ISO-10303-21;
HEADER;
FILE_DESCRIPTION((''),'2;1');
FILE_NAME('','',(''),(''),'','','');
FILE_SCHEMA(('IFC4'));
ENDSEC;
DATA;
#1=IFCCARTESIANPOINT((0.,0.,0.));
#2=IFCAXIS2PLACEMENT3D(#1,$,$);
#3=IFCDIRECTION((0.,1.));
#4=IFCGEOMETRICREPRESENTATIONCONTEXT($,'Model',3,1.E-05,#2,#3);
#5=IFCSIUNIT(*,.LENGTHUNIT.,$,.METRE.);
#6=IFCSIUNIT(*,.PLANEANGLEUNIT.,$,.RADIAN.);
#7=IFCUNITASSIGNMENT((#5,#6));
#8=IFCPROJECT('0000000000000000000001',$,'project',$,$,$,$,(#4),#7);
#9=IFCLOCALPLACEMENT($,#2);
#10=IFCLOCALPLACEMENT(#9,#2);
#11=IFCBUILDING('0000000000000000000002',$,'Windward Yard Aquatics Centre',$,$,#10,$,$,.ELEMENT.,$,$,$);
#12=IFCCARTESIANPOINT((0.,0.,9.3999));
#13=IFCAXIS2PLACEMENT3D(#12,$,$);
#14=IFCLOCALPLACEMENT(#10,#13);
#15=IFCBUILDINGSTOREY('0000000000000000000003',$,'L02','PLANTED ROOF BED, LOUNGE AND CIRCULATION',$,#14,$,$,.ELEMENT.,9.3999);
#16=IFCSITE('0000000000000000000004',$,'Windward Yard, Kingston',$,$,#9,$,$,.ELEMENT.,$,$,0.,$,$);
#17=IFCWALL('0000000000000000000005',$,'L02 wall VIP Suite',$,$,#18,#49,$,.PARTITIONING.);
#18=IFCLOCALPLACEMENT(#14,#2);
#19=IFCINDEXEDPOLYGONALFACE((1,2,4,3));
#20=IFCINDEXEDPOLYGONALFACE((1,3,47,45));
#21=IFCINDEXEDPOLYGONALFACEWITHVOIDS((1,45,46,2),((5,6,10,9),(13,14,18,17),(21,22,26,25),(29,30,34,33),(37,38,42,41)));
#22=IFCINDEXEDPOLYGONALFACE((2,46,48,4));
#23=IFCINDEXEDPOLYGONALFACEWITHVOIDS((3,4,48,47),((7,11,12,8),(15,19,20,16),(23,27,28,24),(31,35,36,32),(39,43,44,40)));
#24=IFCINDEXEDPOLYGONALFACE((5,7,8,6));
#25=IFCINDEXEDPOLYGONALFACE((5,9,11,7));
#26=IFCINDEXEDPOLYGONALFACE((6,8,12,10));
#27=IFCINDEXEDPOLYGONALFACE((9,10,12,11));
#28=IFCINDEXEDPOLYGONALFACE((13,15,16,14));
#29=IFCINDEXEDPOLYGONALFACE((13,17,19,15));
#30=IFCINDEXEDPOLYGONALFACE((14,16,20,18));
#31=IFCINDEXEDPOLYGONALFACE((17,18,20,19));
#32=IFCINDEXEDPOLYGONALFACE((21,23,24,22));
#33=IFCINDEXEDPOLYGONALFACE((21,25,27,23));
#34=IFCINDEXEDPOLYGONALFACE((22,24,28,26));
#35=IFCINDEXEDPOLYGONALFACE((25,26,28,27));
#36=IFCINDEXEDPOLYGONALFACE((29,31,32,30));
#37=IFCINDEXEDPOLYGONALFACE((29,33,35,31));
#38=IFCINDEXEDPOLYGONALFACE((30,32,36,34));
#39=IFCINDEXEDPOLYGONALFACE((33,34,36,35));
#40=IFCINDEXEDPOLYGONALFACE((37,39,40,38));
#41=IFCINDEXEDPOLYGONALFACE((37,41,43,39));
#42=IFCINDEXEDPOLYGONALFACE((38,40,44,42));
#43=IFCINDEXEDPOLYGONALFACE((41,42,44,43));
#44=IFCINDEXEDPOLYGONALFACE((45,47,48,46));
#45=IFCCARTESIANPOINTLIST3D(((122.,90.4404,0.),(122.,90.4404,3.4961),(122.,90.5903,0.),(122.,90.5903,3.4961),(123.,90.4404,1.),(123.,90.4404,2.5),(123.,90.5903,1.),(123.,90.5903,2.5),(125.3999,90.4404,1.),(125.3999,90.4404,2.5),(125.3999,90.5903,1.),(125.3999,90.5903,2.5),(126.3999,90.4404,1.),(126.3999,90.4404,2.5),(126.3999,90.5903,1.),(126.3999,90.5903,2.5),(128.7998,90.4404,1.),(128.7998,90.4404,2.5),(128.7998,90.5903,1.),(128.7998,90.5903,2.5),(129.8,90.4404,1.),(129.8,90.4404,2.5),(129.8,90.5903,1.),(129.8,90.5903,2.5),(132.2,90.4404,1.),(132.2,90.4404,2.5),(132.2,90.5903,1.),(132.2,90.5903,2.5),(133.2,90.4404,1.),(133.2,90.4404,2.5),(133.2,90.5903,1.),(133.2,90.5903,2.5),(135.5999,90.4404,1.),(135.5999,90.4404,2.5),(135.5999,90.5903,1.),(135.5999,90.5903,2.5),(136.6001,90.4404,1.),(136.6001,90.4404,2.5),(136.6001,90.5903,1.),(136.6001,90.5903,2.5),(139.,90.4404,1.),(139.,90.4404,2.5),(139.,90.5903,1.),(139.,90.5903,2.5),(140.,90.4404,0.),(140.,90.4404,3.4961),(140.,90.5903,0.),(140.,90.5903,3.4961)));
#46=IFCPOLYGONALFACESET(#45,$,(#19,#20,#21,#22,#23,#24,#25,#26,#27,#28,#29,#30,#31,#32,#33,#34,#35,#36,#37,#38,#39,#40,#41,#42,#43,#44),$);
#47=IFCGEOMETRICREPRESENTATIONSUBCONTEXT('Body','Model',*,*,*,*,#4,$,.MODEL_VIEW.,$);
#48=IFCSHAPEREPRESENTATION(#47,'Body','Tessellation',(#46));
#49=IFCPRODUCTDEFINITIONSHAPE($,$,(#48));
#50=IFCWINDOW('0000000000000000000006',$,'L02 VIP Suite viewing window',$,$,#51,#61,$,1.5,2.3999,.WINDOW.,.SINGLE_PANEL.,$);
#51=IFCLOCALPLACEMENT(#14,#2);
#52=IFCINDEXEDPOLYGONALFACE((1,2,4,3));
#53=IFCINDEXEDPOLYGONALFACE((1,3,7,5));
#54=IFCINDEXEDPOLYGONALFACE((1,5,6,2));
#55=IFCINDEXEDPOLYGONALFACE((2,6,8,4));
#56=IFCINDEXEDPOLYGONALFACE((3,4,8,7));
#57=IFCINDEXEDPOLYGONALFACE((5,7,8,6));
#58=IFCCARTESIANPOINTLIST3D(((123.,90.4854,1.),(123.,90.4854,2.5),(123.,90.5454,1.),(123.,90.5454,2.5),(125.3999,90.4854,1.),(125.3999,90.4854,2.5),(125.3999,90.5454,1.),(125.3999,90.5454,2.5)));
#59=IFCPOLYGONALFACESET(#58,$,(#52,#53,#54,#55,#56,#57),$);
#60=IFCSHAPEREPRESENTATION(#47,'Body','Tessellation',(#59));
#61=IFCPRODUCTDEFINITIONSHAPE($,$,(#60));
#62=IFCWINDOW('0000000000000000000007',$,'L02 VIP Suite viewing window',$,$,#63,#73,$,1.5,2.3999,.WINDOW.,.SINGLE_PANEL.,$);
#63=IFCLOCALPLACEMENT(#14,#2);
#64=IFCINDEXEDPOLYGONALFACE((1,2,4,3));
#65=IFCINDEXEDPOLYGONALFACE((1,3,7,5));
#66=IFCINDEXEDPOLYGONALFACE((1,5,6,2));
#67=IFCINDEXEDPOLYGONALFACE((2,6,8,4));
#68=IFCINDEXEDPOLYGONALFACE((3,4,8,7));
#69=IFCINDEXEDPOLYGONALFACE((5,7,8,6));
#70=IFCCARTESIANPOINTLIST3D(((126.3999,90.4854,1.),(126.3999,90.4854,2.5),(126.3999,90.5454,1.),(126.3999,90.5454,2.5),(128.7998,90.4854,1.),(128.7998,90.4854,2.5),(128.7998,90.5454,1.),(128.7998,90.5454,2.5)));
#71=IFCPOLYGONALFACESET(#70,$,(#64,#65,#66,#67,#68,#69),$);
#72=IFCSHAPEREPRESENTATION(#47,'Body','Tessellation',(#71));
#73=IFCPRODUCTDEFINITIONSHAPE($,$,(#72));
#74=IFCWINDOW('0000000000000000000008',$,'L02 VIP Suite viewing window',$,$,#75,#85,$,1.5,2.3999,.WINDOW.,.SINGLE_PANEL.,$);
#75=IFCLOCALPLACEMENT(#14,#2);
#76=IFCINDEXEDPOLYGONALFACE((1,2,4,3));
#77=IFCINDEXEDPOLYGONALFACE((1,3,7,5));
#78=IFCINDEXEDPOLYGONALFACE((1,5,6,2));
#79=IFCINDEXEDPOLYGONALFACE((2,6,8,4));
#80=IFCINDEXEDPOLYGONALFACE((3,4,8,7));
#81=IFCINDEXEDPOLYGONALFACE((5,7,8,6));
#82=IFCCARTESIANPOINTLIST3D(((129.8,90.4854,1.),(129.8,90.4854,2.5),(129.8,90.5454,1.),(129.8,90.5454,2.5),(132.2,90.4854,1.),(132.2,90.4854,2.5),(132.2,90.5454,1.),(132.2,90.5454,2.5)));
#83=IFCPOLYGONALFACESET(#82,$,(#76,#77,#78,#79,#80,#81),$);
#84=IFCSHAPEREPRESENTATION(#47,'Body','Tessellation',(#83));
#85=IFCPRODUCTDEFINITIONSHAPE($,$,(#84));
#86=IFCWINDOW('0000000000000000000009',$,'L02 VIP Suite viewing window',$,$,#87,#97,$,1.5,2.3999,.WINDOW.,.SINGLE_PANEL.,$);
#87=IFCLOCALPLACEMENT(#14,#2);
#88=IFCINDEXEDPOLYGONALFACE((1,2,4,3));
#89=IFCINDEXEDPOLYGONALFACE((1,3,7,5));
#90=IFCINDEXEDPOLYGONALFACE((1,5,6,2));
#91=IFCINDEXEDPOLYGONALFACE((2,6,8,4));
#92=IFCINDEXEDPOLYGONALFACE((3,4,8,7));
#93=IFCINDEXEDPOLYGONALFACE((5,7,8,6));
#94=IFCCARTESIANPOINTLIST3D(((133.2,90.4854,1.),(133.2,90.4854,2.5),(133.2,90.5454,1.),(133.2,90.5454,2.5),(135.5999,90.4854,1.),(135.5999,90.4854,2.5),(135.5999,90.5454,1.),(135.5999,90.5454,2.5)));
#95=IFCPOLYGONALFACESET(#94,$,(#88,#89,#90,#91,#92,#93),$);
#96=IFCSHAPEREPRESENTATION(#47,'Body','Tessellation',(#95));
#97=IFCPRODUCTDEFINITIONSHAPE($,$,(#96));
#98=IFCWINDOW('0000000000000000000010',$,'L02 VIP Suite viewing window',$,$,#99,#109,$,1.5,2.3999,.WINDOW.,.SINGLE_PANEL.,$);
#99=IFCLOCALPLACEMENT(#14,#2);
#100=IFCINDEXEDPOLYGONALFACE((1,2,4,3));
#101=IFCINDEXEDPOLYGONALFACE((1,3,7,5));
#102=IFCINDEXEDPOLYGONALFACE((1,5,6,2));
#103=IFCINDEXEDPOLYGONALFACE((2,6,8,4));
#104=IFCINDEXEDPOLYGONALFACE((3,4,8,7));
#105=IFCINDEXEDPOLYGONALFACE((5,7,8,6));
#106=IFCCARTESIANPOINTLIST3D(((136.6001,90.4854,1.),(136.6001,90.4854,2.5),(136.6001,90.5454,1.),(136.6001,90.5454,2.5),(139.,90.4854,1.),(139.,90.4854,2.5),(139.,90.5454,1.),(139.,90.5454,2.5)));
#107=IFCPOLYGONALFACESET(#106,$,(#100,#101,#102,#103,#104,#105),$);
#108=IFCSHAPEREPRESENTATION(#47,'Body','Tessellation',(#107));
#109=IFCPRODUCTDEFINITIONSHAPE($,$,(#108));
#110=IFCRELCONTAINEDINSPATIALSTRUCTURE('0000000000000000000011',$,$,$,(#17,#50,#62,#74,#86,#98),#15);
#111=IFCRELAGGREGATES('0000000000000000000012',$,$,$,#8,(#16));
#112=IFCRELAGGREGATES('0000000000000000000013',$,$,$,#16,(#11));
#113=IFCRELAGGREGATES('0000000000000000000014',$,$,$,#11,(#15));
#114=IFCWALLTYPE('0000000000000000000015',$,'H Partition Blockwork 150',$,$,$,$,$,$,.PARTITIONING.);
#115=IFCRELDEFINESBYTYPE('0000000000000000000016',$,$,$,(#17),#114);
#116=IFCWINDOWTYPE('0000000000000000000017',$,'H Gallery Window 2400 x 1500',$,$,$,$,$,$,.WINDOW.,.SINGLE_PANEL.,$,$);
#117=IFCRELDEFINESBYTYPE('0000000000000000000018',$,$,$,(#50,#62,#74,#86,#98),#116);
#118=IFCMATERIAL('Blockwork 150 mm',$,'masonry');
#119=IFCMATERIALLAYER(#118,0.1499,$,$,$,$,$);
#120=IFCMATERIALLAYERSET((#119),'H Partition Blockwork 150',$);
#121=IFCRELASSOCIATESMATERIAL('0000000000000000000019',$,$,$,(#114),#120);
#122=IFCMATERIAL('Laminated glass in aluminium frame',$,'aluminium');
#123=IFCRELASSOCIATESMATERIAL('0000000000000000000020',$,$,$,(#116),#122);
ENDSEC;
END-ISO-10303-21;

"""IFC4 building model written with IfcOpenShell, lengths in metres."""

from ifc_helpers import new_model, si_unit, direction, frame, frame_2d, origin, place, context, subcontext, project, spatial, rectangle, extrude, material, layer, layer_set, type_object, element, fill, save


model = new_model("IFC4")

# Units and contexts
model_context = context("Model", 3, precision=1e-05, world=origin(), true_north=direction((0.0, 1.0)))
body_context = subcontext(model_context, "Body", "Model", "MODEL_VIEW")
ifc_project = project(units=[si_unit("LENGTHUNIT", "METRE"), si_unit("PLANEANGLEUNIT", "RADIAN")], contexts=[model_context])

# Site, building, storey
site_placement = place(None, origin())
site = spatial("IfcSite", under=ifc_project, at=site_placement, Name="Windward Yard, Kingston", CompositionType="ELEMENT", RefElevation=0.0)
building_placement = place(site_placement, origin())
building = spatial("IfcBuilding", under=site, at=building_placement, Name="Windward Yard Aquatics Centre", CompositionType="ELEMENT")
storey_placement = place(building_placement, frame((0.0, 0.0, 9.3999)))
storey = spatial("IfcBuildingStorey", under=building, at=storey_placement, Name="L02", Description="PLANTED ROOF BED, LOUNGE AND CIRCULATION", CompositionType="ELEMENT", Elevation=9.3999)

# Shared definitions
ifc_material_1 = material(Name="Blockwork 150 mm", Category="masonry")
ifc_layer_1 = layer(ifc_material_1, 0.1499)
ifc_layer_set_1 = layer_set([ifc_layer_1], Name="H Partition Blockwork 150")
wall_type = type_object("IfcWallType", Name="H Partition Blockwork 150", PredefinedType="PARTITIONING", material=ifc_layer_set_1)

# Wall, openings, windows
wall_1_placement = place(storey_placement, frame((122.0, 90.5154, 0.0), z_axis=(0.0, 0.0, 1.0), x_axis=(1.0, 0.0, 0.0)))
wall_1 = element("IfcWall", 1, at=wall_1_placement, inside=storey, type_object=wall_type, Name="L02 wall VIP Suite", PredefinedType="PARTITIONING", context=body_context, shape_type="SweptSolid", body=[
    extrude(rectangle(XDim=18.0, YDim=0.1499, at=frame_2d((9.0, 0.0))), origin(), (0.0, 0.0, 1.0), 3.4961),
])
opening_1_placement = place(wall_1_placement, frame((1.0, 0.0, 1.0)))
opening_1 = element("IfcOpeningElement", 2, at=opening_1_placement, cuts=wall_1, PredefinedType="OPENING", context=body_context, shape_type="SweptSolid", body=[
    extrude(rectangle(XDim=2.3999, YDim=1.5, at=frame_2d((1.2, 0.75))), frame((0.0, 0.085, 0.0), z_axis=(0.0, -1.0, 0.0), x_axis=(1.0, 0.0, 0.0)), (0.0, 0.0, 1.0), 0.1699),
])
opening_2_placement = place(wall_1_placement, frame((4.3999, 0.0, 1.0)))
opening_2 = element("IfcOpeningElement", 3, at=opening_2_placement, cuts=wall_1, PredefinedType="OPENING", context=body_context, shape_type="SweptSolid", body=[
    extrude(rectangle(XDim=2.3999, YDim=1.5, at=frame_2d((1.2, 0.75))), frame((0.0, 0.085, 0.0), z_axis=(0.0, -1.0, 0.0), x_axis=(1.0, 0.0, 0.0)), (0.0, 0.0, 1.0), 0.1699),
])
opening_3_placement = place(wall_1_placement, frame((7.8, 0.0, 1.0)))
opening_3 = element("IfcOpeningElement", 4, at=opening_3_placement, cuts=wall_1, PredefinedType="OPENING", context=body_context, shape_type="SweptSolid", body=[
    extrude(rectangle(XDim=2.3999, YDim=1.5, at=frame_2d((1.2, 0.75))), frame((0.0, 0.085, 0.0), z_axis=(0.0, -1.0, 0.0), x_axis=(1.0, 0.0, 0.0)), (0.0, 0.0, 1.0), 0.1699),
])
opening_4_placement = place(wall_1_placement, frame((11.2, 0.0, 1.0)))
opening_4 = element("IfcOpeningElement", 5, at=opening_4_placement, cuts=wall_1, PredefinedType="OPENING", context=body_context, shape_type="SweptSolid", body=[
    extrude(rectangle(XDim=2.3999, YDim=1.5, at=frame_2d((1.2, 0.75))), frame((0.0, 0.085, 0.0), z_axis=(0.0, -1.0, 0.0), x_axis=(1.0, 0.0, 0.0)), (0.0, 0.0, 1.0), 0.1699),
])
opening_5_placement = place(wall_1_placement, frame((14.6001, 0.0, 1.0)))
opening_5 = element("IfcOpeningElement", 6, at=opening_5_placement, cuts=wall_1, PredefinedType="OPENING", context=body_context, shape_type="SweptSolid", body=[
    extrude(rectangle(XDim=2.3999, YDim=1.5, at=frame_2d((1.2, 0.75))), frame((0.0, 0.085, 0.0), z_axis=(0.0, -1.0, 0.0), x_axis=(1.0, 0.0, 0.0)), (0.0, 0.0, 1.0), 0.1699),
])
ifc_material_2 = material(Name="Laminated glass in aluminium frame", Category="aluminium")
window_type = type_object("IfcWindowType", Name="H Gallery Window 2400 x 1500", PartitioningType="SINGLE_PANEL", PredefinedType="WINDOW", material=ifc_material_2)
window_1_placement = place(opening_1_placement, origin())
window_1 = element("IfcWindow", 7, at=window_1_placement, inside=storey, type_object=window_type, Name="L02 VIP Suite viewing window", OverallHeight=1.5, OverallWidth=2.3999, PartitioningType="SINGLE_PANEL", PredefinedType="WINDOW", context=body_context, shape_type="SweptSolid", body=[
    extrude(rectangle(XDim=2.3999, YDim=1.5, at=frame_2d((1.2, 0.75))), frame((0.0, 0.03, 0.0), z_axis=(0.0, -1.0, 0.0), x_axis=(1.0, 0.0, 0.0)), (0.0, 0.0, 1.0), 0.0601),
])
fill(opening_1, window_1)
window_2_placement = place(opening_2_placement, origin())
window_2 = element("IfcWindow", 8, at=window_2_placement, inside=storey, type_object=window_type, Name="L02 VIP Suite viewing window", OverallHeight=1.5, OverallWidth=2.3999, PartitioningType="SINGLE_PANEL", PredefinedType="WINDOW", context=body_context, shape_type="SweptSolid", body=[
    extrude(rectangle(XDim=2.3999, YDim=1.5, at=frame_2d((1.2, 0.75))), frame((0.0, 0.03, 0.0), z_axis=(0.0, -1.0, 0.0), x_axis=(1.0, 0.0, 0.0)), (0.0, 0.0, 1.0), 0.0601),
])
fill(opening_2, window_2)
window_3_placement = place(opening_3_placement, origin())
window_3 = element("IfcWindow", 9, at=window_3_placement, inside=storey, type_object=window_type, Name="L02 VIP Suite viewing window", OverallHeight=1.5, OverallWidth=2.3999, PartitioningType="SINGLE_PANEL", PredefinedType="WINDOW", context=body_context, shape_type="SweptSolid", body=[
    extrude(rectangle(XDim=2.3999, YDim=1.5, at=frame_2d((1.2, 0.75))), frame((0.0, 0.03, 0.0), z_axis=(0.0, -1.0, 0.0), x_axis=(1.0, 0.0, 0.0)), (0.0, 0.0, 1.0), 0.0601),
])
fill(opening_3, window_3)
window_4_placement = place(opening_4_placement, origin())
window_4 = element("IfcWindow", 10, at=window_4_placement, inside=storey, type_object=window_type, Name="L02 VIP Suite viewing window", OverallHeight=1.5, OverallWidth=2.3999, PartitioningType="SINGLE_PANEL", PredefinedType="WINDOW", context=body_context, shape_type="SweptSolid", body=[
    extrude(rectangle(XDim=2.3999, YDim=1.5, at=frame_2d((1.2, 0.75))), frame((0.0, 0.03, 0.0), z_axis=(0.0, -1.0, 0.0), x_axis=(1.0, 0.0, 0.0)), (0.0, 0.0, 1.0), 0.0601),
])
fill(opening_4, window_4)
window_5_placement = place(opening_5_placement, origin())
window_5 = element("IfcWindow", 11, at=window_5_placement, inside=storey, type_object=window_type, Name="L02 VIP Suite viewing window", OverallHeight=1.5, OverallWidth=2.3999, PartitioningType="SINGLE_PANEL", PredefinedType="WINDOW", context=body_context, shape_type="SweptSolid", body=[
    extrude(rectangle(XDim=2.3999, YDim=1.5, at=frame_2d((1.2, 0.75))), frame((0.0, 0.03, 0.0), z_axis=(0.0, -1.0, 0.0), x_axis=(1.0, 0.0, 0.0)), (0.0, 0.0, 1.0), 0.0601),
])
fill(opening_5, window_5)

save(model, "model.ifc")
